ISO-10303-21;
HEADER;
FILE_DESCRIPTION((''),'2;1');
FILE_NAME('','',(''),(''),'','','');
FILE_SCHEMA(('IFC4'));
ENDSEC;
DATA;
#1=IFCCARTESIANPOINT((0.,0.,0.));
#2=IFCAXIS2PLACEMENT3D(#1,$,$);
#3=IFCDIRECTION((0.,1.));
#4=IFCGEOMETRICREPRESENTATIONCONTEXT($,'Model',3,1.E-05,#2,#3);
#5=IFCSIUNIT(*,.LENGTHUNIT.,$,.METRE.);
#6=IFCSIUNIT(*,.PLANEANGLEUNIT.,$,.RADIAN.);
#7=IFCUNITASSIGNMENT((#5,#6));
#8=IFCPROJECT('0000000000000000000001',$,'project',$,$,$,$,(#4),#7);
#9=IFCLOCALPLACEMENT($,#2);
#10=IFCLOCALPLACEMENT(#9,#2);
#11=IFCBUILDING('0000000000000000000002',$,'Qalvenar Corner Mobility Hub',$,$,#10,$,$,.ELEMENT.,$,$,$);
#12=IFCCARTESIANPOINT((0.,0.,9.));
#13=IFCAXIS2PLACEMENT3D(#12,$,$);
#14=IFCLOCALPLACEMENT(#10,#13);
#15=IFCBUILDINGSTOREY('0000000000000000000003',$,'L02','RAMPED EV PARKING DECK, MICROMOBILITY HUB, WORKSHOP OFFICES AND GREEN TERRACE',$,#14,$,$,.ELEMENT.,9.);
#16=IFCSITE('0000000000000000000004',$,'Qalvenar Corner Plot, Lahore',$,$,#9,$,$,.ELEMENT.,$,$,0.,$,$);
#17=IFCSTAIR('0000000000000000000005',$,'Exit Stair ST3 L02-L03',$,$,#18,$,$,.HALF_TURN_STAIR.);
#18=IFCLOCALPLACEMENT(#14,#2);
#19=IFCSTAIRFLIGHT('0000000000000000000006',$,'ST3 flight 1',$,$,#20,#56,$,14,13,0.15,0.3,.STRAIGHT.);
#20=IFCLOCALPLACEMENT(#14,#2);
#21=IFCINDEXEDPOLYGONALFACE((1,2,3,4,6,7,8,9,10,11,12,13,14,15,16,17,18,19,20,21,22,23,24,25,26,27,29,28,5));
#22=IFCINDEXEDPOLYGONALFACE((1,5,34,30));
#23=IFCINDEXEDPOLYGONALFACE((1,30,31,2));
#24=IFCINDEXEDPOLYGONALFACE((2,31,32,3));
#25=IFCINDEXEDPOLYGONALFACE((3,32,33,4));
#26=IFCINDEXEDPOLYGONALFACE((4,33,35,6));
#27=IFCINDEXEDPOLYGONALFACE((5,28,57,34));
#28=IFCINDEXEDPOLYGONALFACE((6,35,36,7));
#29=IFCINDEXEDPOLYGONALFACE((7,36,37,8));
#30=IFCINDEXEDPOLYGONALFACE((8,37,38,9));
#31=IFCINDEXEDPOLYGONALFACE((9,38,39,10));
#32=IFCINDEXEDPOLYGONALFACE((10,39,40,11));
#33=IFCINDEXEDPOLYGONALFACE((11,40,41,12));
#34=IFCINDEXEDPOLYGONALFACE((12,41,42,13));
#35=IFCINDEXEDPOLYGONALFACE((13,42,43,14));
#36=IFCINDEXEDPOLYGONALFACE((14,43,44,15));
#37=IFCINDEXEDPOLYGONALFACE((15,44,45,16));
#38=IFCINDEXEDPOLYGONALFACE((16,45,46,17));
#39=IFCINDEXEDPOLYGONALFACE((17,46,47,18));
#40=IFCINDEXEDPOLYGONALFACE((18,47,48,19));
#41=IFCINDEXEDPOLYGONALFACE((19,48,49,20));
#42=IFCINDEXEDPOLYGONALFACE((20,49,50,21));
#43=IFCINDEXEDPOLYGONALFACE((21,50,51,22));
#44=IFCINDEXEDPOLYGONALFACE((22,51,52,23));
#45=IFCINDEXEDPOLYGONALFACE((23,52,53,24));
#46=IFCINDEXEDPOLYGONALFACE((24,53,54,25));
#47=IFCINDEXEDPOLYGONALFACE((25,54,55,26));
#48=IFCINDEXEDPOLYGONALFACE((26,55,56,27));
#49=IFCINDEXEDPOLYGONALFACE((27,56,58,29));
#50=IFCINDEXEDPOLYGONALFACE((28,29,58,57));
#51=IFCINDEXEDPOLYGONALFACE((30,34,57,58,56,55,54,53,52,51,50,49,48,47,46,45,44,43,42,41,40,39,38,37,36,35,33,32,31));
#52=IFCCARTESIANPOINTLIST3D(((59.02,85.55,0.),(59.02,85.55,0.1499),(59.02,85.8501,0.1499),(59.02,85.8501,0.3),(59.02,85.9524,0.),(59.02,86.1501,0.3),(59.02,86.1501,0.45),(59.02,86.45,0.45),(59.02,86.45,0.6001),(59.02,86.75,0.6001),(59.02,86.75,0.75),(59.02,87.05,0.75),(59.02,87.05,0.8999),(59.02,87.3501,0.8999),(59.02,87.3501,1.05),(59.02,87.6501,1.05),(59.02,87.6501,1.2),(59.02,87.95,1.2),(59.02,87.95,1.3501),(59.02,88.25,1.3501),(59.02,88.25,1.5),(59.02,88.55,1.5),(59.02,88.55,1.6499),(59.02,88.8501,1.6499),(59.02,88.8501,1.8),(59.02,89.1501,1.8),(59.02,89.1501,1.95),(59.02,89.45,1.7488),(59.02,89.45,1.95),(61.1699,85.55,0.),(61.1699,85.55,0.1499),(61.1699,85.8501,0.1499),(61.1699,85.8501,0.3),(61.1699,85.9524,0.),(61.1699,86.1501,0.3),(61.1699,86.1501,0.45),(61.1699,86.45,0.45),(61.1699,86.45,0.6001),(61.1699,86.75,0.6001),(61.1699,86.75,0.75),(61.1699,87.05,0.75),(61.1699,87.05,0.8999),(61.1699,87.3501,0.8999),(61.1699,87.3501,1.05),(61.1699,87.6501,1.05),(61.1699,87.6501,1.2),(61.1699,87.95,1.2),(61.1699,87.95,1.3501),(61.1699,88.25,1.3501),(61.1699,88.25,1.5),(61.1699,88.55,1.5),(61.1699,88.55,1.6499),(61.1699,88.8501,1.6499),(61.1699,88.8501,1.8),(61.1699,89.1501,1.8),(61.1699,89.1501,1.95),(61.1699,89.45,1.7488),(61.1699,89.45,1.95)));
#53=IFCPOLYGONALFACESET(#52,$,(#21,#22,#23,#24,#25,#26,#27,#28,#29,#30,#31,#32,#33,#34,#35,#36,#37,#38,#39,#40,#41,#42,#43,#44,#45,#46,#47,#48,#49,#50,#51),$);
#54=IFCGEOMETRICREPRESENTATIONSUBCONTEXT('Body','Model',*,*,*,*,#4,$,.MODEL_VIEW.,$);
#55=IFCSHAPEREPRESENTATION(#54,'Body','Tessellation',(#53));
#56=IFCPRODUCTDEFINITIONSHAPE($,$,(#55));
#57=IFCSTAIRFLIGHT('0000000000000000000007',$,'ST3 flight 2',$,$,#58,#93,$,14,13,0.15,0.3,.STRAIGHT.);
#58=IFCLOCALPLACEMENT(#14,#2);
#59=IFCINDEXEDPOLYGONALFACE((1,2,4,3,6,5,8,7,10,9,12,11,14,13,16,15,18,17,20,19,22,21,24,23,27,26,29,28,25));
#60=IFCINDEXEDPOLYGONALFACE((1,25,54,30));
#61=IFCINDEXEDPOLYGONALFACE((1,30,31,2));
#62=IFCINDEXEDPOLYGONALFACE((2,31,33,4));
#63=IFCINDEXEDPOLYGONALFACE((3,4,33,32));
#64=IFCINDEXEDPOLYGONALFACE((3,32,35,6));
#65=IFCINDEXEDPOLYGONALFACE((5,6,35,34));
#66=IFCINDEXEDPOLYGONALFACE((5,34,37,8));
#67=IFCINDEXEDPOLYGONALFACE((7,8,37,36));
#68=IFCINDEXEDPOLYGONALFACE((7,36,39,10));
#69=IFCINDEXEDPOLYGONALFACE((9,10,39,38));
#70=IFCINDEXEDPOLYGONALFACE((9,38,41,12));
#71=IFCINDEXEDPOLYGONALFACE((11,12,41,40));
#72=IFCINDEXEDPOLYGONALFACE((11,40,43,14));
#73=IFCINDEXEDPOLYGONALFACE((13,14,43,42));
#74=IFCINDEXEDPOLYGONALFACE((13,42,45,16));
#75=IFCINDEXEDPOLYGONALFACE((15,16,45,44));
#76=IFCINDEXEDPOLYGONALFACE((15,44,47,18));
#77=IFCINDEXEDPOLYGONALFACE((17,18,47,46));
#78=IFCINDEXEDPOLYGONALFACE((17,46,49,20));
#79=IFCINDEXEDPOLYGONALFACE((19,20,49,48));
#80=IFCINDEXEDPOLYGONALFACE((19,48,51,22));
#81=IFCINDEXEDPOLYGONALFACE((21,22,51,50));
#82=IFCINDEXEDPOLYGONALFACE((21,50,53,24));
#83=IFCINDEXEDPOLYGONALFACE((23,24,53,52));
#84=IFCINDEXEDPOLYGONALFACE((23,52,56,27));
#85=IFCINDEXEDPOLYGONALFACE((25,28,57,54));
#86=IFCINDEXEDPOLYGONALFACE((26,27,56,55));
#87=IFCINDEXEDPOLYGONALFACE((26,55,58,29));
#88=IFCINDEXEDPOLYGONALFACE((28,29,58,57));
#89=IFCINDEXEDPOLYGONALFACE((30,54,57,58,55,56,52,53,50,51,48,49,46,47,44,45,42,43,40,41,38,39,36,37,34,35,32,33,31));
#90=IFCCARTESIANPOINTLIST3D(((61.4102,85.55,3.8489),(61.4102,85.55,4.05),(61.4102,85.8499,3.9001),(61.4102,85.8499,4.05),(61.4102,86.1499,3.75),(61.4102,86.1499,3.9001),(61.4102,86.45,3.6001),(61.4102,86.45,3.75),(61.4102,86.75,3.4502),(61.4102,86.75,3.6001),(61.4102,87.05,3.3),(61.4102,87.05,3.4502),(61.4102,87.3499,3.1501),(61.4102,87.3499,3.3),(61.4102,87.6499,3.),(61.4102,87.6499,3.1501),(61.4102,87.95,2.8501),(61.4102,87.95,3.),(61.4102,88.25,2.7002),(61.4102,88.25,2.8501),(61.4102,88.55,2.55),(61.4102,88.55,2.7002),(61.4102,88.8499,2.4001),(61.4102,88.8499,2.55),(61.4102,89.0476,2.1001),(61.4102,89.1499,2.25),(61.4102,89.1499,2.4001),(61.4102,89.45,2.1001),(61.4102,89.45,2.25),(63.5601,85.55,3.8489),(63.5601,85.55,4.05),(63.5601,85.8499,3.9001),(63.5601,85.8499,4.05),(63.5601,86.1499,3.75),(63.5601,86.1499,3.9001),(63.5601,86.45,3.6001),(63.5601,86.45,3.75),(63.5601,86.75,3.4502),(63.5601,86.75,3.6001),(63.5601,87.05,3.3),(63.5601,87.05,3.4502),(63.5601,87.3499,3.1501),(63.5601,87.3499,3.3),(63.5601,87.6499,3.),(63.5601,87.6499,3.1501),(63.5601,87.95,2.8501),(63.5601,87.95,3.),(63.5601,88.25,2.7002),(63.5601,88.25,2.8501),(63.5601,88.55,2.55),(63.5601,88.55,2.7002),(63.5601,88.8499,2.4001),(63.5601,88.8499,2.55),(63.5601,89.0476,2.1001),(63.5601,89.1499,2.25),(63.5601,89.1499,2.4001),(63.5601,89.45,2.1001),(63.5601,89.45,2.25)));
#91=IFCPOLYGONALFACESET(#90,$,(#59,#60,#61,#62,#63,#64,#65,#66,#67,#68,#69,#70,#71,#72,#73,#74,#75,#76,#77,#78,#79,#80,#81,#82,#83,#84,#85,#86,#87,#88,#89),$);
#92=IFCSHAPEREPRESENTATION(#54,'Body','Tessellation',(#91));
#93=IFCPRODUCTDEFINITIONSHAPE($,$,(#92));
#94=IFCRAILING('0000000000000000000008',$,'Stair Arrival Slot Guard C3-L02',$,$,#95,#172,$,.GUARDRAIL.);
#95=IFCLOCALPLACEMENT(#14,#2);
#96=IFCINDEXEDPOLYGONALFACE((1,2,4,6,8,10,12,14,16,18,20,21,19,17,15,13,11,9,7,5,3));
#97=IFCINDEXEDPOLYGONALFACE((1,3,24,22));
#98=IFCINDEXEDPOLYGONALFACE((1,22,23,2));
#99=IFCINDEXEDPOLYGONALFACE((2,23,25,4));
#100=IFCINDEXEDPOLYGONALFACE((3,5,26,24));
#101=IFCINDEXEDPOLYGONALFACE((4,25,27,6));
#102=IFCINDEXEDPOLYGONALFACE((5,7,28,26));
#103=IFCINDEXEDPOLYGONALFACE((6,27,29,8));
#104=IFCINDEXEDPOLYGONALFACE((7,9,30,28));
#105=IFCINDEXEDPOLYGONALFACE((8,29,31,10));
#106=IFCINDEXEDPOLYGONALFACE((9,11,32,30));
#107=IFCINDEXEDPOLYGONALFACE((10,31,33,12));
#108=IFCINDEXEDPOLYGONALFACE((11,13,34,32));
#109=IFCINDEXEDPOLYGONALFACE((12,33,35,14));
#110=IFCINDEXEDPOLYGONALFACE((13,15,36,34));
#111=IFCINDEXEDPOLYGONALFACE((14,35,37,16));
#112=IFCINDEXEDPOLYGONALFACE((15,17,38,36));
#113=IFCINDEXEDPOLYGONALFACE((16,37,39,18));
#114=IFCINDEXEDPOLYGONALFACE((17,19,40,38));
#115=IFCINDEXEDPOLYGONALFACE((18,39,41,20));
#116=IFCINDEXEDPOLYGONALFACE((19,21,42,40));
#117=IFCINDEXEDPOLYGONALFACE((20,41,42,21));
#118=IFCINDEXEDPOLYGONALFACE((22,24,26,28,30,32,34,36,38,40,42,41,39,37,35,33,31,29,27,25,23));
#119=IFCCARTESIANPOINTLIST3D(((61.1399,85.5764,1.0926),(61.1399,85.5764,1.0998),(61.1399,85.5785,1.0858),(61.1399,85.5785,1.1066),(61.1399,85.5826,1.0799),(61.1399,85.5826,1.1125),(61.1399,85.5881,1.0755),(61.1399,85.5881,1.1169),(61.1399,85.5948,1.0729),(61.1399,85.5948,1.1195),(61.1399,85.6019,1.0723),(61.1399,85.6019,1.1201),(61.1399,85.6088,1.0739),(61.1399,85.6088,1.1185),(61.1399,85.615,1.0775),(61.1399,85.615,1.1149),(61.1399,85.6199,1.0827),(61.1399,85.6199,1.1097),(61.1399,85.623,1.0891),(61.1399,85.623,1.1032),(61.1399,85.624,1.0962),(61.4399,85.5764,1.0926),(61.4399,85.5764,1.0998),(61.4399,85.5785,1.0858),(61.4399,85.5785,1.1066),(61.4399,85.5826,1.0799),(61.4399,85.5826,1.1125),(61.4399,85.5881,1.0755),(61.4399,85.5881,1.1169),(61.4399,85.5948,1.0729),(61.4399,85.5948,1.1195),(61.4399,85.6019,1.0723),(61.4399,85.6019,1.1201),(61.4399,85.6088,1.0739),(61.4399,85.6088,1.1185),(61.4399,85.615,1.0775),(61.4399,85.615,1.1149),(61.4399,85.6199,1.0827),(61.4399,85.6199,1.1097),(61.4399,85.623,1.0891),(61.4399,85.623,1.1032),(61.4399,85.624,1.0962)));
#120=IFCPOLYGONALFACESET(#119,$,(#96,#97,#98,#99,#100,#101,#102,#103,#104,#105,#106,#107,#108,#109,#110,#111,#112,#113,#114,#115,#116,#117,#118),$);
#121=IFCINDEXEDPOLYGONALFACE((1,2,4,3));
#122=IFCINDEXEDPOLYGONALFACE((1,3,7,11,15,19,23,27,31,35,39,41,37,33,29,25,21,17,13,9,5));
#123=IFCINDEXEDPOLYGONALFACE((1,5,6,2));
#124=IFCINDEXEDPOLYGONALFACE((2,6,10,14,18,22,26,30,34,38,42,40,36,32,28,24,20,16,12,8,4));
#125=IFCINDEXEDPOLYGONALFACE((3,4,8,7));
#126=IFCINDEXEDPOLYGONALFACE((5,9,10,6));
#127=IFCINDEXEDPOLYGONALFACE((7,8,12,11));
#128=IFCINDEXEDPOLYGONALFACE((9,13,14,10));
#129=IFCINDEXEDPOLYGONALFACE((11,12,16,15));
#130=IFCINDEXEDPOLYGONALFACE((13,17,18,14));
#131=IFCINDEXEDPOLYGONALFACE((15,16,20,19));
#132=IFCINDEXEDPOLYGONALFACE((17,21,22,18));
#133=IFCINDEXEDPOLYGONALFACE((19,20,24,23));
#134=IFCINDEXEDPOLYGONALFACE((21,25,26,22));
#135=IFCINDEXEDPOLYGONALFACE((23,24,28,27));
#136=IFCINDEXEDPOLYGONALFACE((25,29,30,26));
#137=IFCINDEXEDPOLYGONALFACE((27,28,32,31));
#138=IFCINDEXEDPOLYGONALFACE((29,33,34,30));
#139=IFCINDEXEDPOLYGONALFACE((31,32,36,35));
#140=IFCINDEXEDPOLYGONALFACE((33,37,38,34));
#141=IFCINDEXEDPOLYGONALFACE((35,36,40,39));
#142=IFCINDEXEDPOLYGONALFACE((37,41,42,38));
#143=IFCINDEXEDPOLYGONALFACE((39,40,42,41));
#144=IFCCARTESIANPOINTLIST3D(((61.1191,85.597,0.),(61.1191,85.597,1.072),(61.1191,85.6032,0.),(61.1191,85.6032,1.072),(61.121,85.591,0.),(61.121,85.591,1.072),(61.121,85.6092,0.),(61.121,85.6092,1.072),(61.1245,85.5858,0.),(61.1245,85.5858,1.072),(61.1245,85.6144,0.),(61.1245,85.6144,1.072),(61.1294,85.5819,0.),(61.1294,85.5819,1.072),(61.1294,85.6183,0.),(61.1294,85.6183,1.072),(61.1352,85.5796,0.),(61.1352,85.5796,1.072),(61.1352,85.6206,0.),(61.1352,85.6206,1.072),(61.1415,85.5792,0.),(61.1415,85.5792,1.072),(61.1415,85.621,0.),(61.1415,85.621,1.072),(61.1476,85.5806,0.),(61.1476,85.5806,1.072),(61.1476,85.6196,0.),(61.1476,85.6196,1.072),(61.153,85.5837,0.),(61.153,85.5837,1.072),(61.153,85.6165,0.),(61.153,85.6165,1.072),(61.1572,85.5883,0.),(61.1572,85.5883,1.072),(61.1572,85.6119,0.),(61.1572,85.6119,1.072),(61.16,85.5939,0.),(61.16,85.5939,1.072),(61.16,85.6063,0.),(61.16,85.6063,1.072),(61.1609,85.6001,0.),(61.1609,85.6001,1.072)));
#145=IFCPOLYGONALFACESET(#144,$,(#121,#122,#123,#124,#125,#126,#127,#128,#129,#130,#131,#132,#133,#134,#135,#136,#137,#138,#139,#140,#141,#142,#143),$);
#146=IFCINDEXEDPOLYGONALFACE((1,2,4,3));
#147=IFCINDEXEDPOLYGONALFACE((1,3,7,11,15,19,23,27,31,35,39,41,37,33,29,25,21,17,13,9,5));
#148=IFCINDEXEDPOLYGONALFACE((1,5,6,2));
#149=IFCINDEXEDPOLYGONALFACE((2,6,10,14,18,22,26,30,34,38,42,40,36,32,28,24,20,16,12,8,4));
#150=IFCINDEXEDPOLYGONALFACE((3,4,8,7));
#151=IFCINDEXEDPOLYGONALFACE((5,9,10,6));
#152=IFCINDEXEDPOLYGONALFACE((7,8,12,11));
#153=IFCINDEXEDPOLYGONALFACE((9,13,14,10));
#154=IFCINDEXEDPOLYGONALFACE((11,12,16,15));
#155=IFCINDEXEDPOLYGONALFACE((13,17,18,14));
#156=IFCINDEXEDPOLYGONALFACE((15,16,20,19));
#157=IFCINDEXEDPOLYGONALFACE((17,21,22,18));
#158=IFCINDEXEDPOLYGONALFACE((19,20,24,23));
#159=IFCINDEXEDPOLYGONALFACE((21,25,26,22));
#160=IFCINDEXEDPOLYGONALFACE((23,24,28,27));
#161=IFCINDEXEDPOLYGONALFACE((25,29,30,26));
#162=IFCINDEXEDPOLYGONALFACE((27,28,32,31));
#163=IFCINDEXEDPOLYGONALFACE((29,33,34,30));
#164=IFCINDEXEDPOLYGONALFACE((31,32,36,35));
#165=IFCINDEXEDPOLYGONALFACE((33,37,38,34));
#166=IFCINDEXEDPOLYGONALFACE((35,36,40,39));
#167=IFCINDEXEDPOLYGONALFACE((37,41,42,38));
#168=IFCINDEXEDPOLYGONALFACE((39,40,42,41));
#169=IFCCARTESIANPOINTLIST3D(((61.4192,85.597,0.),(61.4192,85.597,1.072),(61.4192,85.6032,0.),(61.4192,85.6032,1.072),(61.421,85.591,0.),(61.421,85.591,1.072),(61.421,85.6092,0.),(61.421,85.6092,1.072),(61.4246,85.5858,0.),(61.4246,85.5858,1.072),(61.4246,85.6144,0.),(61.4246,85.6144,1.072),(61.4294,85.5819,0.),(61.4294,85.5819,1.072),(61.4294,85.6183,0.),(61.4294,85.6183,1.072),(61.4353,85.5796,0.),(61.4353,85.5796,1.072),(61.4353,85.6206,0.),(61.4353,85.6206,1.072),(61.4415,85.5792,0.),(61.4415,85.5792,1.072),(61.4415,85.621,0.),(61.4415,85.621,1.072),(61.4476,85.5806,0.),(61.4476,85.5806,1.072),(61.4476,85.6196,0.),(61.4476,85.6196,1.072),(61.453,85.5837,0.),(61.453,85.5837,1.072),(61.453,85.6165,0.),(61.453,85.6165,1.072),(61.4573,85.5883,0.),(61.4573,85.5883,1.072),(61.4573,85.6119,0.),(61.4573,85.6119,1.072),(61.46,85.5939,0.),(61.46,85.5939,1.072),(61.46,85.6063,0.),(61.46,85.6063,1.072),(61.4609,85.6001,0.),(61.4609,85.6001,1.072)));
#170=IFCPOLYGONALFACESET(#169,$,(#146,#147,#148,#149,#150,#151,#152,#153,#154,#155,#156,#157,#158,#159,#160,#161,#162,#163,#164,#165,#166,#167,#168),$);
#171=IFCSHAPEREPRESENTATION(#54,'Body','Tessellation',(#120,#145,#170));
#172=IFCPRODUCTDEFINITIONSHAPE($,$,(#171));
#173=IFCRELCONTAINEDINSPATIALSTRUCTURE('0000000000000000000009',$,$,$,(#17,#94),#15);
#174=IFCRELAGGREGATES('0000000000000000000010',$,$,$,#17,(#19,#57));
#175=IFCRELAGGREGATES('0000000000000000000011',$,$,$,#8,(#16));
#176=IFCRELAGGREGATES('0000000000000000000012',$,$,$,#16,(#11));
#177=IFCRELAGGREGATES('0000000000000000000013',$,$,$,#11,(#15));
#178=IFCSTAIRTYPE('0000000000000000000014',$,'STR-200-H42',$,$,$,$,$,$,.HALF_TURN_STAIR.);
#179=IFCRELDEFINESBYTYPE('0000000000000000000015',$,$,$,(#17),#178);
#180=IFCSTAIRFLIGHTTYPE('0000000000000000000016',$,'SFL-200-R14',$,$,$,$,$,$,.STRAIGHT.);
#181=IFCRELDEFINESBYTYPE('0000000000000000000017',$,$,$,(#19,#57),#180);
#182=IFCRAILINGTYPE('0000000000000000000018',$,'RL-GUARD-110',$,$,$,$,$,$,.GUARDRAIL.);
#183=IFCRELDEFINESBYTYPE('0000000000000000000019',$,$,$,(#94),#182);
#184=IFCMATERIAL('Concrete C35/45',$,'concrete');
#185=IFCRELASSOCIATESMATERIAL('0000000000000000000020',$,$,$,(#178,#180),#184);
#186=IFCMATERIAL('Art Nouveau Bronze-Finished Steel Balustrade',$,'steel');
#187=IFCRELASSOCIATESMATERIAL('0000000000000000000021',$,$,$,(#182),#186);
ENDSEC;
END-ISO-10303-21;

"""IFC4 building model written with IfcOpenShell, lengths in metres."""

from ifc_helpers import new_model, si_unit, direction, frame, origin, origin_2d, place, context, subcontext, project, spatial, polyline, circle, outline, extrude, material, type_object, element, aggregate, save


model = new_model("IFC4")

# Units and contexts
model_context = context("Model", 3, precision=1e-05, world=origin(), true_north=direction((0.0, 1.0)))
body_context = subcontext(model_context, "Body", "Model", "MODEL_VIEW")
ifc_project = project(units=[si_unit("LENGTHUNIT", "METRE"), si_unit("PLANEANGLEUNIT", "RADIAN")], contexts=[model_context])

# Site, building, storey
site_placement = place(None, origin())
site = spatial("IfcSite", under=ifc_project, at=site_placement, Name="Qalvenar Corner Plot, Lahore", CompositionType="ELEMENT", RefElevation=0.0)
building_placement = place(site_placement, origin())
building = spatial("IfcBuilding", under=site, at=building_placement, Name="Qalvenar Corner Mobility Hub", CompositionType="ELEMENT")
storey_placement = place(building_placement, frame((0.0, 0.0, 9.0)))
storey = spatial("IfcBuildingStorey", under=building, at=storey_placement, Name="L02", Description="RAMPED EV PARKING DECK, MICROMOBILITY HUB, WORKSHOP OFFICES AND GREEN TERRACE", CompositionType="ELEMENT", Elevation=9.0)

# Stair, stair flights
ifc_material_1 = material(Name="Concrete C35/45", Category="concrete")
stair_type = type_object("IfcStairType", Name="STR-200-H42", PredefinedType="HALF_TURN_STAIR", material=ifc_material_1)
stair_placement = place(storey_placement, origin())
stair = element("IfcStair", 1, at=stair_placement, inside=storey, type_object=stair_type, Name="Exit Stair ST3 L02-L03", PredefinedType="HALF_TURN_STAIR")
stair_flight_type = type_object("IfcStairFlightType", Name="SFL-200-R14", PredefinedType="STRAIGHT", material=ifc_material_1)
stair_flight_1_placement = place(storey_placement, frame((60.095, 85.55, 0.0), z_axis=(0.0, 0.0, 1.0), x_axis=(0.0, 1.0, 0.0)))
stair_flight_1 = element("IfcStairFlight", 2, at=stair_flight_1_placement, type_object=stair_flight_type, Name="ST3 flight 1", NumberOfRisers=14, NumberOfTreads=13, PredefinedType="STRAIGHT", RiserHeight=0.15, TreadLength=0.3, context=body_context, shape_type="SweptSolid", body=[
    extrude(outline(polyline([(0.0, 0.0), (0.0, 0.1499), (0.3, 0.1499), (0.3, 0.3), (0.6001, 0.3), (0.6001, 0.45), (0.8999, 0.45), (0.8999, 0.6001), (1.2, 0.6001), (1.2, 0.75), (1.5, 0.75), (1.5, 0.8999), (1.8, 0.8999), (1.8, 1.05), (2.1001, 1.05), (2.1001, 1.2), (2.3999, 1.2), (2.3999, 1.3501), (2.7, 1.3501), (2.7, 1.5), (3.0, 1.5), (3.0, 1.6499), (3.3, 1.6499), (3.3, 1.8), (3.6001, 1.8), (3.6001, 1.95), (3.8999, 1.95), (3.8999, 2.1001), (3.8999, 1.7488), (0.4023, 0.0), (0.0, 0.0)])), frame((0.0, 1.075, 0.0), z_axis=(0.0, -1.0, 0.0), x_axis=(1.0, 0.0, 0.0)), (0.0, 0.0, 1.0), 2.1499),
])
stair_flight_2_placement = place(storey_placement, frame((62.4851, 89.45, 2.1001), z_axis=(0.0, 0.0, 1.0), x_axis=(0.0, -1.0, 0.0)))
stair_flight_2 = element("IfcStairFlight", 3, at=stair_flight_2_placement, type_object=stair_flight_type, Name="ST3 flight 2", NumberOfRisers=14, NumberOfTreads=13, PredefinedType="STRAIGHT", RiserHeight=0.15, TreadLength=0.3, context=body_context, shape_type="SweptSolid", body=[
    extrude(outline(polyline([(0.0, 0.0), (0.0, 0.1499), (0.3, 0.1499), (0.3, 0.3), (0.6001, 0.3), (0.6001, 0.45), (0.8999, 0.45), (0.8999, 0.6001), (1.2, 0.6001), (1.2, 0.75), (1.5, 0.75), (1.5, 0.8999), (1.8, 0.8999), (1.8, 1.05), (2.1001, 1.05), (2.1001, 1.2), (2.3999, 1.2), (2.3999, 1.3501), (2.7, 1.3501), (2.7, 1.5), (3.0, 1.5), (3.0, 1.6499), (3.3, 1.6499), (3.3, 1.8), (3.6001, 1.8), (3.6001, 1.95), (3.8999, 1.95), (3.8999, 2.1001), (3.8999, 1.7488), (0.4023, 0.0), (0.0, 0.0)])), frame((0.0, 1.075, 0.0), z_axis=(0.0, -1.0, 0.0), x_axis=(1.0, 0.0, 0.0)), (0.0, 0.0, 1.0), 2.1499),
])
aggregate(stair, [stair_flight_1, stair_flight_2])

# Railing
ifc_material_2 = material(Name="Art Nouveau Bronze-Finished Steel Balustrade", Category="steel")
railing_type_1 = type_object("IfcRailingType", Name="RL-GUARD-110", PredefinedType="GUARDRAIL", material=ifc_material_2)
for number, where, name in (
    (4, (61.1399, 85.6001, 0.0), "Stair Arrival Slot Guard C3-L02"),
):
    element("IfcRailing", number, at=place(storey_placement, frame(where)), inside=storey, type_object=railing_type_1, Name=name, PredefinedType="GUARDRAIL", context=body_context, shape_type="SweptSolid", body=[
        extrude(circle(Radius=0.0239, at=origin_2d()), frame((0.0, 0.0, 1.0962), z_axis=(1.0, 0.0, 0.0), x_axis=(0.0, 1.0, 0.0)), (0.0, 0.0, 1.0), 0.3),
        extrude(circle(Radius=0.021, at=origin_2d()), origin(), (0.0, 0.0, 1.0), 1.072),
        extrude(circle(Radius=0.021, at=origin_2d()), frame((0.3, 0.0, 0.0)), (0.0, 0.0, 1.0), 1.072),
    ])

save(model, "model.ifc")
